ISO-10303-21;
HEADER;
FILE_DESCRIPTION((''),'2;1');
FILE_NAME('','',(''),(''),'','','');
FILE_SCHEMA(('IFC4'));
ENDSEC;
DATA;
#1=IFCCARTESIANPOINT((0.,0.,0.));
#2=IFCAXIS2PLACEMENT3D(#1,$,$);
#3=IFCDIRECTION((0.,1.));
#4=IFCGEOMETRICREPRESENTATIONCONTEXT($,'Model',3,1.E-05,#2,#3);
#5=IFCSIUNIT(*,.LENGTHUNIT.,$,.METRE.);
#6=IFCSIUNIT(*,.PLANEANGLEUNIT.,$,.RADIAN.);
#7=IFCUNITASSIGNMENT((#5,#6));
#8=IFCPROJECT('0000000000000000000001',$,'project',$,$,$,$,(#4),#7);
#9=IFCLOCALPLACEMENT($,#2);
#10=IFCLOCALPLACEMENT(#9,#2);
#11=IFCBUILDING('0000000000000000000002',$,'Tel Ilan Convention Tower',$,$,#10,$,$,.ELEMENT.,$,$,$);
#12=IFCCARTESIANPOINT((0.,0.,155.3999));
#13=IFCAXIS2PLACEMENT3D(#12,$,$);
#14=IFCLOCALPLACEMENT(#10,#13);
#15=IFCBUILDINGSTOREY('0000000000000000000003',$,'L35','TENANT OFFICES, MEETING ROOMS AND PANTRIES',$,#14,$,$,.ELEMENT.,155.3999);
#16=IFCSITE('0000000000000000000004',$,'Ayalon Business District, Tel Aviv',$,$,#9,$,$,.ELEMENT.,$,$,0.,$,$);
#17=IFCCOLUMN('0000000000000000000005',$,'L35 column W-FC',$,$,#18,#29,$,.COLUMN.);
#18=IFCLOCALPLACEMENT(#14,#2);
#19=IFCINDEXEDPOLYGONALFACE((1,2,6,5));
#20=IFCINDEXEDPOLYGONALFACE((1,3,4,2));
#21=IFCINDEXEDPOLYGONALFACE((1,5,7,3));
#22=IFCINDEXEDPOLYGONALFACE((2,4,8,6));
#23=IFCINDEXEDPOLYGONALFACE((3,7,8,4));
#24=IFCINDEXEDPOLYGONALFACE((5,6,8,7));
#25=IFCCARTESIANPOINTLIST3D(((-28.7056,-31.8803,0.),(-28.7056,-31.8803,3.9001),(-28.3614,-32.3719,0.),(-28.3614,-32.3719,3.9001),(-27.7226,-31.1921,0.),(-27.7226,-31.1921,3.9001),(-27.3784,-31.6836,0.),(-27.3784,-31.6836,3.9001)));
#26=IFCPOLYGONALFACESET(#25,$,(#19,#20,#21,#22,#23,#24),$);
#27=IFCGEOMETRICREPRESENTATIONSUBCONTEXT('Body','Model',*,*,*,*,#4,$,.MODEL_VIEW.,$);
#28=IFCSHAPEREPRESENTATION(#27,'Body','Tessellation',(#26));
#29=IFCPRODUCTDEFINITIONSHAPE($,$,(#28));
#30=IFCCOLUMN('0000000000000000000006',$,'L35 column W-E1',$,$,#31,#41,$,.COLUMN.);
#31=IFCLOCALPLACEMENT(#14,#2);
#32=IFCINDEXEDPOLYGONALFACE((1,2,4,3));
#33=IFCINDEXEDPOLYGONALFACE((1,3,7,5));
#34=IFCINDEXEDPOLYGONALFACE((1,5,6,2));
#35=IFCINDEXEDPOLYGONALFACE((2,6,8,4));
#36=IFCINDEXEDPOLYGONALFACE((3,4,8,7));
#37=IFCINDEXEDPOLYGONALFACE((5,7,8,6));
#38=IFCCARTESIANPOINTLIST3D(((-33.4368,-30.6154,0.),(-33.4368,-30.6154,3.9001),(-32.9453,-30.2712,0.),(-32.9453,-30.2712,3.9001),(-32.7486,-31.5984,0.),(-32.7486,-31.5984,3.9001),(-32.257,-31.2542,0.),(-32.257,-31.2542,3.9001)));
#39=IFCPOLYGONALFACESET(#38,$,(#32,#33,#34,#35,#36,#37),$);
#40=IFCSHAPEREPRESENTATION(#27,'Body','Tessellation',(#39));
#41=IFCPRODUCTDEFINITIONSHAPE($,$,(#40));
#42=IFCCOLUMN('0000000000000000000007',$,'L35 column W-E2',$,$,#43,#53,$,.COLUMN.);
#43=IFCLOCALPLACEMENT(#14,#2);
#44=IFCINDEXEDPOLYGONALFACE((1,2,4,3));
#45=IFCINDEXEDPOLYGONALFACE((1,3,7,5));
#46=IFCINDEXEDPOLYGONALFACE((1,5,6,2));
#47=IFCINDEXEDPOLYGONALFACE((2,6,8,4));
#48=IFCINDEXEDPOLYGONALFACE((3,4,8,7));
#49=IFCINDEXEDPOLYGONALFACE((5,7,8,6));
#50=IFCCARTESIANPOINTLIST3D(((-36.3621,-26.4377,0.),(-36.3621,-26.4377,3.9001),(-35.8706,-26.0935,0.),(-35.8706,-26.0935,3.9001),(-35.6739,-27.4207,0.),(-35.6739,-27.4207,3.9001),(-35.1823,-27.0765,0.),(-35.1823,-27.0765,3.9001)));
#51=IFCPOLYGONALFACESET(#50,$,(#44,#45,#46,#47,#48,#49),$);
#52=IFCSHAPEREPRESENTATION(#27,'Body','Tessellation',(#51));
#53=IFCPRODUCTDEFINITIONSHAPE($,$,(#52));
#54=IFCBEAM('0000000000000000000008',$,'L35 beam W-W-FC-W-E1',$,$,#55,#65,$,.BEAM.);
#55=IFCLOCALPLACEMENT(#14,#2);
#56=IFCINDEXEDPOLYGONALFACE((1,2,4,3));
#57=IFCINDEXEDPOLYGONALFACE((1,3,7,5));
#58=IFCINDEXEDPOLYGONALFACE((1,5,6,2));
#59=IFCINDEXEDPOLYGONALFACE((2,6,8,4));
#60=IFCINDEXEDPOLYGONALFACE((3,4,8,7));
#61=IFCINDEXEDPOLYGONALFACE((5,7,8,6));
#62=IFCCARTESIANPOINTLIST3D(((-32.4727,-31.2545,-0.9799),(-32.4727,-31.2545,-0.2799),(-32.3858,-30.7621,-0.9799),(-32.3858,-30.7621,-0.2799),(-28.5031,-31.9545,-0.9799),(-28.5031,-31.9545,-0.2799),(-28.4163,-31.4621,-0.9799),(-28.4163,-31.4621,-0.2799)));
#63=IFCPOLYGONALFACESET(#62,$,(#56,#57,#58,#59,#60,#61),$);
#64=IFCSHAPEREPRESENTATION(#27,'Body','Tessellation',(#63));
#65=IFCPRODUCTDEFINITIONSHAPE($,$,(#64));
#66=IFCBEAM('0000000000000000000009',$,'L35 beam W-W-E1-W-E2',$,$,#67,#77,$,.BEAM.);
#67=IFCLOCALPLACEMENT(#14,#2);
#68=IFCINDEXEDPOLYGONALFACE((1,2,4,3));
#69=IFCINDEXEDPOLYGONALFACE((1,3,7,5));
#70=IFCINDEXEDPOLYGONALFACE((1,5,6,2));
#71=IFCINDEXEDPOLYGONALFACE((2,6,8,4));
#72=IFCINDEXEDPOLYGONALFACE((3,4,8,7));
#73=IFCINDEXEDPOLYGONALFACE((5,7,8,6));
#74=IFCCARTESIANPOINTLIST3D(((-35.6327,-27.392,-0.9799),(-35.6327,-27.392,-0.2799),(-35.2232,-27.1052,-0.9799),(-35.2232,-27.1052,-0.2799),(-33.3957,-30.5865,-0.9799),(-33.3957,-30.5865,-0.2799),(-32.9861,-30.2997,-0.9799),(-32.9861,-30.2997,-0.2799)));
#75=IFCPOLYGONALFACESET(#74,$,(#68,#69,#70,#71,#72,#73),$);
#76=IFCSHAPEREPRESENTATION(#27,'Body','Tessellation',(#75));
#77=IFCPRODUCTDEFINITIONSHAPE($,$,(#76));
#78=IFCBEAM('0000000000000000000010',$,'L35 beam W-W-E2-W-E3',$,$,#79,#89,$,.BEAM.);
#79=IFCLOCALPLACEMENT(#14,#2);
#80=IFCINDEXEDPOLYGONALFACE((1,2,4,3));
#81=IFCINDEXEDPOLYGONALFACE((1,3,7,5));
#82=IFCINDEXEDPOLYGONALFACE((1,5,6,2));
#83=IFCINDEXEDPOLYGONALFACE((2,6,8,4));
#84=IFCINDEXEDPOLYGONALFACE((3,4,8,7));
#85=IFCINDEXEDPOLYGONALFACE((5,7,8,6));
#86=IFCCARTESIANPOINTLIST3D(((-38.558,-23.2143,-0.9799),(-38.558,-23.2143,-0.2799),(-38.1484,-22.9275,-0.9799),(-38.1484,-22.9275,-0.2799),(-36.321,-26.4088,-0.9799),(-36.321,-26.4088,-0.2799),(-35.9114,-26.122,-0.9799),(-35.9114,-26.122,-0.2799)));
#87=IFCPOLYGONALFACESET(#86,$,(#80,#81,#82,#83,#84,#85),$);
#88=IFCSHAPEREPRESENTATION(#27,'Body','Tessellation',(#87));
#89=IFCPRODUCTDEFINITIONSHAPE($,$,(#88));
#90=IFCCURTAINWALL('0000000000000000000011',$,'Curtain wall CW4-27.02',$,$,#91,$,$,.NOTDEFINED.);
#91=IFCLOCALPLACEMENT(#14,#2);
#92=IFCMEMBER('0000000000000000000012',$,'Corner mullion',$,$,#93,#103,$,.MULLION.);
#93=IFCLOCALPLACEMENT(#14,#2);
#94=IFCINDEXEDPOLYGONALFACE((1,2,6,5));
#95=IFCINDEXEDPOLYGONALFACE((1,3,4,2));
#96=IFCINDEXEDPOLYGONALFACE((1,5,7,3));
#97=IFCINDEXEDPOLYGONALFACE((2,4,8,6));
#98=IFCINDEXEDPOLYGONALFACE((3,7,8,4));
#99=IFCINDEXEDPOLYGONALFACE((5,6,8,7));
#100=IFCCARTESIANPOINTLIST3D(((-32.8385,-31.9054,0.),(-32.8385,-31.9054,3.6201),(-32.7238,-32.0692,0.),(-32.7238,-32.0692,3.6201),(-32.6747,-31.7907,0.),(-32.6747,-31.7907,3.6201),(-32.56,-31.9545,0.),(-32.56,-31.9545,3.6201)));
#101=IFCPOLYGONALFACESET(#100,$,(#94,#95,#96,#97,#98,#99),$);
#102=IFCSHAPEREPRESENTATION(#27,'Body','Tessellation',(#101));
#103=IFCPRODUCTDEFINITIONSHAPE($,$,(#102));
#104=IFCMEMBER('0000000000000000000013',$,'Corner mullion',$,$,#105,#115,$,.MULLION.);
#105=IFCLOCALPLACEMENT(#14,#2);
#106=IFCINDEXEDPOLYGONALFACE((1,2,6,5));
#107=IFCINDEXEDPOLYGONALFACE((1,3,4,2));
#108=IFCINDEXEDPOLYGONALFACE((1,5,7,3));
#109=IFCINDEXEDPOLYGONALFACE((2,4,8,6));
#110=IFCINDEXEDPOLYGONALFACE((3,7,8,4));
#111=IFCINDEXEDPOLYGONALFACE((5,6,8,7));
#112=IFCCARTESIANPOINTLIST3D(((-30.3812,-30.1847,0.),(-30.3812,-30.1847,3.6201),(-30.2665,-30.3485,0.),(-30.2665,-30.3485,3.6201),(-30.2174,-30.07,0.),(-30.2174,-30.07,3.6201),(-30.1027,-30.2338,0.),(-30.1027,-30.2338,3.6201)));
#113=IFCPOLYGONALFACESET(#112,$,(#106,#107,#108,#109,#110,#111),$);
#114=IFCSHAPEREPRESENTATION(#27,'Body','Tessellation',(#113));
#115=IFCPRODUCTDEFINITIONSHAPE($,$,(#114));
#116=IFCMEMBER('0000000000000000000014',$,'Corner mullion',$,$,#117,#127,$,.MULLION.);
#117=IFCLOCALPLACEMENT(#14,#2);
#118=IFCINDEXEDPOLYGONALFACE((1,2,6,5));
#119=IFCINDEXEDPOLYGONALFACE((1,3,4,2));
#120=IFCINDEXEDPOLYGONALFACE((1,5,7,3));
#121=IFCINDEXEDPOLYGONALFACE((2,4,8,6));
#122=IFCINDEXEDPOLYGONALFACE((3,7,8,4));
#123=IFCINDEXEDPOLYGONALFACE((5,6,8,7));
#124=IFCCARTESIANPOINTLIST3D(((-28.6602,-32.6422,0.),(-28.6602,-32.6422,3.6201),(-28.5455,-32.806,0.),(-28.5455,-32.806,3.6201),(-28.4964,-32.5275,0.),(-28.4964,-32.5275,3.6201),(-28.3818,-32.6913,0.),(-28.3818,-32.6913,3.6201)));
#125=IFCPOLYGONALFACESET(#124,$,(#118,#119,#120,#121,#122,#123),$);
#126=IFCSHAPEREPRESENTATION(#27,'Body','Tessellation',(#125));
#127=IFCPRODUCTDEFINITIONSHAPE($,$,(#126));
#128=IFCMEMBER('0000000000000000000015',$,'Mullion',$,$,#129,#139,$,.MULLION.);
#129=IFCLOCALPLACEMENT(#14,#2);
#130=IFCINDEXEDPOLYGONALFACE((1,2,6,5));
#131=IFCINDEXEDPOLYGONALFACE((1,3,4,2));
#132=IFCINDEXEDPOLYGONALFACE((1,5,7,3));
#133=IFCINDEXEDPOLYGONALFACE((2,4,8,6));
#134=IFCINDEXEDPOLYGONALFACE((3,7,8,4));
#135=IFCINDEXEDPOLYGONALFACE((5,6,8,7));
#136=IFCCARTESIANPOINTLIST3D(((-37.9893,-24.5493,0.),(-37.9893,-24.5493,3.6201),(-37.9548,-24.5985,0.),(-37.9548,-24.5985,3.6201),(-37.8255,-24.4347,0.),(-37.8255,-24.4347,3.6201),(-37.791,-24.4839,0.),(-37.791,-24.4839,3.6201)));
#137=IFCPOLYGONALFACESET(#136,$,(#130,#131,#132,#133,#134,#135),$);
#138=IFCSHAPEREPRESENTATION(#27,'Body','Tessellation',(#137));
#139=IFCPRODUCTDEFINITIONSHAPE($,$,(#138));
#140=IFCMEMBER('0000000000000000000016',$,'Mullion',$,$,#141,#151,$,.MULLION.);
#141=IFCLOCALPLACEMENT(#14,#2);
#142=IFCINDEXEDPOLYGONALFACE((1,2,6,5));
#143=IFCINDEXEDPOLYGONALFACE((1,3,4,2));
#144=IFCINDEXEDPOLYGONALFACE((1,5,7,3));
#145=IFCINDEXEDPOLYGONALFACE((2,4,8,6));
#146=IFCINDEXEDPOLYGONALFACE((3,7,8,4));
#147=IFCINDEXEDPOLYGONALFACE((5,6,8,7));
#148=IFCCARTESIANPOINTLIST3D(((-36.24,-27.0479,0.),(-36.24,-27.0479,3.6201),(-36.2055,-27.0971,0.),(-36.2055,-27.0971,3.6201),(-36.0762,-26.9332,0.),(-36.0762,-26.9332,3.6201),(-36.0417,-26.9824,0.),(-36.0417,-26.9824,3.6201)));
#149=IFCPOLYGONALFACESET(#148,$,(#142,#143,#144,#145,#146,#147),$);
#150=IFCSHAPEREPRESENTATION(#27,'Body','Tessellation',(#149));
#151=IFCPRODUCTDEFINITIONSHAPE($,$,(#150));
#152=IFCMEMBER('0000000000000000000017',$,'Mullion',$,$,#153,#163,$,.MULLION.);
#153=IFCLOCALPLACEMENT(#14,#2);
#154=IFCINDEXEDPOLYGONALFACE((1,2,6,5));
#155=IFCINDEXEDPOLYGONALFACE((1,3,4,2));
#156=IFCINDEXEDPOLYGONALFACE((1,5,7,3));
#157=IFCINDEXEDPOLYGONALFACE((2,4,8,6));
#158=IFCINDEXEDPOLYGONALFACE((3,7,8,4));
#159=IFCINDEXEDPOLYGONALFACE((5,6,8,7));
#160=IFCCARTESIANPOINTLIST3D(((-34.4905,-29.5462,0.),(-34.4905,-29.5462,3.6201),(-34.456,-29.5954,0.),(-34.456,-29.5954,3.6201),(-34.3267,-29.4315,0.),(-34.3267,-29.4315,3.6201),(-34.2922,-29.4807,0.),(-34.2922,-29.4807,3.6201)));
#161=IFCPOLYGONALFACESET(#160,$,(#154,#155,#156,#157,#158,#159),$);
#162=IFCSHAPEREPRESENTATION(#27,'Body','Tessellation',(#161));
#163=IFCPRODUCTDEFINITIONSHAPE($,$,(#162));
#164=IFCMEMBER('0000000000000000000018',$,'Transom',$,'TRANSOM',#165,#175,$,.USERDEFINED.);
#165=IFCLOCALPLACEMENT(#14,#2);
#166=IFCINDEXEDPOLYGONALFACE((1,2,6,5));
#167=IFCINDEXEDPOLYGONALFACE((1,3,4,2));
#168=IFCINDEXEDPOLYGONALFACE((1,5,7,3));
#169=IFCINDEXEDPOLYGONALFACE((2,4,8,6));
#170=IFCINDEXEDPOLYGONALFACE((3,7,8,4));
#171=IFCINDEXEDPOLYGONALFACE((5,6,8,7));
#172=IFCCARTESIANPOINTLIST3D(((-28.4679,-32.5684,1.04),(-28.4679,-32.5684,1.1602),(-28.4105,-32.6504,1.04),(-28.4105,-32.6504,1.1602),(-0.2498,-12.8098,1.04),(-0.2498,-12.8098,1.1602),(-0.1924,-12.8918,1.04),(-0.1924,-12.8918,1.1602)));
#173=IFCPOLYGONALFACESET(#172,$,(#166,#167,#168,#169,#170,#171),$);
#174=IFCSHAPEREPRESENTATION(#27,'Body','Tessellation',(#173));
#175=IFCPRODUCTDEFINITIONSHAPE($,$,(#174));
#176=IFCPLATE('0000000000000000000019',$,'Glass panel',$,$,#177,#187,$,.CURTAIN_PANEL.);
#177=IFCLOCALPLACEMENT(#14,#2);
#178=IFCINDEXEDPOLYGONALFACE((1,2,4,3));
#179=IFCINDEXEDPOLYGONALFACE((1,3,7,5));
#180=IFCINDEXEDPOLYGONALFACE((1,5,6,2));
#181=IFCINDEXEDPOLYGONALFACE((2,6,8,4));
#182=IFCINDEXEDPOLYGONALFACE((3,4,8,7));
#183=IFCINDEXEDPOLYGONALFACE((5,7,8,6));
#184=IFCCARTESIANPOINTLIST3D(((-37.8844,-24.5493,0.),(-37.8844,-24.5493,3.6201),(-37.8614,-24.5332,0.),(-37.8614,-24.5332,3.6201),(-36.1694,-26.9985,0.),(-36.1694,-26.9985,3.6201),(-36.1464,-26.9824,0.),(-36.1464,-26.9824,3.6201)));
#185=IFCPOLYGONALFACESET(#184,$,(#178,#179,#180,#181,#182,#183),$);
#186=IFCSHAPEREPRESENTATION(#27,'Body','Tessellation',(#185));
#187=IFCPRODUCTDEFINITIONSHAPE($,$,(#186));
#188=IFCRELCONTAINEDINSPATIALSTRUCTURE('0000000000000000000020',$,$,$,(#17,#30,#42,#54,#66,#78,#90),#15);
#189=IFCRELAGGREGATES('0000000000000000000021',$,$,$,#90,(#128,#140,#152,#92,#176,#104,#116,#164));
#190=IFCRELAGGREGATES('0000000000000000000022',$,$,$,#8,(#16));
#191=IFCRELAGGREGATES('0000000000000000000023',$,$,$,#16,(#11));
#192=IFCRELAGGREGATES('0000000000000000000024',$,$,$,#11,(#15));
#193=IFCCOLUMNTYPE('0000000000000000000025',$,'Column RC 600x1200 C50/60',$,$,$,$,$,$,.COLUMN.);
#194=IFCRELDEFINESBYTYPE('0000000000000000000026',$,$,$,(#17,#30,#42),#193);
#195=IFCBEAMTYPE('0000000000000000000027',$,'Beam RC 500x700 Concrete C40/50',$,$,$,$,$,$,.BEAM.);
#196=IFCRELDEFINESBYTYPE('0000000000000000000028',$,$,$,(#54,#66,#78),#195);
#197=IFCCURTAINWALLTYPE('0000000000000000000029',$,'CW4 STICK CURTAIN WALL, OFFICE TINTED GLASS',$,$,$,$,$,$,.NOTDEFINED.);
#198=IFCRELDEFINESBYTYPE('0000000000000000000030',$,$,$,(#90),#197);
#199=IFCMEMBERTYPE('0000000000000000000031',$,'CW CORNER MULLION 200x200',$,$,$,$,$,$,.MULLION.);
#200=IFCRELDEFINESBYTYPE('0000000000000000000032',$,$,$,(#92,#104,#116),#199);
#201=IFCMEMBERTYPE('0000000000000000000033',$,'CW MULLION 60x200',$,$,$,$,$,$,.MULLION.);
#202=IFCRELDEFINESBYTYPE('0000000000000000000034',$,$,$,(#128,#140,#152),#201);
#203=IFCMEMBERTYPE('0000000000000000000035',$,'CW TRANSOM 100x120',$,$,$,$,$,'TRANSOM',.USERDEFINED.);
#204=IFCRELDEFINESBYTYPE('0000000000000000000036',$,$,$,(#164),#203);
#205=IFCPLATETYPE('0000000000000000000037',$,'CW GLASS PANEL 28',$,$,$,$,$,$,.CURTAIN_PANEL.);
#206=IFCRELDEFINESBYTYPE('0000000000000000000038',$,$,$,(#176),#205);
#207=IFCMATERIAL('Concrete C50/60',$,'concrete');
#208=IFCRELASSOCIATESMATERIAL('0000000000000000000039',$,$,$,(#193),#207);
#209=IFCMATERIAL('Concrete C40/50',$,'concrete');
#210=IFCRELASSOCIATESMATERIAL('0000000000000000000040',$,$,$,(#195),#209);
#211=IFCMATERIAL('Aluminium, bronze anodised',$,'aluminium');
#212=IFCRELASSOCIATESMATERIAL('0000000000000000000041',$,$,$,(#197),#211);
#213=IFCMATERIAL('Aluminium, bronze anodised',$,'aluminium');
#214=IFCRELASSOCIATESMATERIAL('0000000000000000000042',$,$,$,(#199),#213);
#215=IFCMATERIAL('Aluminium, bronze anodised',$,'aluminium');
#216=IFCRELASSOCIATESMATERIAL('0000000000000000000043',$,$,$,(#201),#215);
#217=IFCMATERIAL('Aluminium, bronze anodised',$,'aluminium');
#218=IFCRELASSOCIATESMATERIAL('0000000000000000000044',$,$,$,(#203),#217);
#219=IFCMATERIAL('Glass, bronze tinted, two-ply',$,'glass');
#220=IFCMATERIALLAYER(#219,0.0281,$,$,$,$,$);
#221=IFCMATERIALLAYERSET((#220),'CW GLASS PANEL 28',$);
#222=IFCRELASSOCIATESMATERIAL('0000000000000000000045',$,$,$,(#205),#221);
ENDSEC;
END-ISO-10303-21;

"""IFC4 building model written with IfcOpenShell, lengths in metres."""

from ifc_helpers import new_model, si_unit, direction, frame, origin, origin_2d, place, context, subcontext, project, spatial, rectangle, extrude, material, layer, layer_set, material_profile, profile_set, type_object, element, aggregate, save


model = new_model("IFC4")

# Units and contexts
model_context = context("Model", 3, precision=1e-05, world=origin(), true_north=direction((0.0, 1.0)))
body_context = subcontext(model_context, "Body", "Model", "MODEL_VIEW")
ifc_project = project(units=[si_unit("LENGTHUNIT", "METRE"), si_unit("PLANEANGLEUNIT", "RADIAN")], contexts=[model_context])

# Site, building, storey
site_placement = place(None, origin())
site = spatial("IfcSite", under=ifc_project, at=site_placement, Name="Ayalon Business District, Tel Aviv", CompositionType="ELEMENT", RefElevation=0.0)
building_placement = place(site_placement, origin())
building = spatial("IfcBuilding", under=site, at=building_placement, Name="Tel Ilan Convention Tower", CompositionType="ELEMENT")
storey_placement = place(building_placement, frame((0.0, 0.0, 155.3999)))
storey = spatial("IfcBuildingStorey", under=building, at=storey_placement, Name="L35", Description="TENANT OFFICES, MEETING ROOMS AND PANTRIES", CompositionType="ELEMENT", Elevation=155.3999)

# Columns
ifc_material_1 = material(Name="Concrete C50/60", Category="concrete")
ifc_material_profile_1 = material_profile(ifc_material_1, rectangle(XDim=1.2, YDim=0.6001, at=origin_2d()), Name="RC 600x1200")
ifc_profile_set_1 = profile_set([ifc_material_profile_1], Name="Concrete C50/60")
column_type = type_object("IfcColumnType", Name="Column RC 600x1200 C50/60", PredefinedType="COLUMN", material=ifc_profile_set_1)
for number, where, z_axis, x_axis, name in (
    (1, (-28.042, -31.782, 0.0), (0.0, 0.0, 1.0), (-0.819152, -0.573576, 0.0), "L35 column W-FC"),
    (2, (-32.8469, -30.9348, 0.0), (0.0, 0.0, 1.0), (-0.573576, 0.819152, 0.0), "L35 column W-E1"),
    (3, (-35.7722, -26.7571, 0.0), (0.0, 0.0, 1.0), (-0.573576, 0.819152, 0.0), "L35 column W-E2"),
):
    element("IfcColumn", number, at=place(storey_placement, frame(where, z_axis=z_axis, x_axis=x_axis)), inside=storey, type_object=column_type, Name=name, PredefinedType="COLUMN", context=body_context, shape_type="SweptSolid", body=[
        extrude(rectangle(XDim=1.2, YDim=0.6001, at=origin_2d()), origin(), (0.0, 0.0, 1.0), 3.9001),
    ])

# Beams
ifc_material_2 = material(Name="Concrete C40/50", Category="concrete")
ifc_material_profile_2 = material_profile(ifc_material_2, rectangle(XDim=0.5, YDim=0.7, at=origin_2d()), Name="RC 500x700")
ifc_profile_set_2 = profile_set([ifc_material_profile_2], Name="Concrete C40/50")
beam_type = type_object("IfcBeamType", Name="Beam RC 500x700 Concrete C40/50", PredefinedType="BEAM", material=ifc_profile_set_2)
beam_placement = place(storey_placement, frame((-28.4597, -31.7083, -0.6299), z_axis=(-0.984807, 0.173654, 0.0), x_axis=(-0.173654, -0.984807, 0.0)))
element("IfcBeam", 4, at=beam_placement, inside=storey, type_object=beam_type, Name="L35 beam W-W-FC-W-E1", PredefinedType="BEAM", context=body_context, shape_type="SweptSolid", body=[
    extrude(rectangle(XDim=0.5, YDim=0.7, at=origin_2d()), origin(), (0.0, 0.0, 1.0), 4.0308),
])
for number, where, z_axis, x_axis, name in (
    (5, (-33.1909, -30.4431, -0.6299), (-0.573609, 0.819129, 0.0), (-0.819129, -0.573609, 0.0), "L35 beam W-W-E1-W-E2"),
    (6, (-36.1162, -26.2654, -0.6299), (-0.573609, 0.819129, 0.0), (-0.819129, -0.573609, 0.0), "L35 beam W-W-E2-W-E3"),
):
    element("IfcBeam", number, at=place(storey_placement, frame(where, z_axis=z_axis, x_axis=x_axis)), inside=storey, type_object=beam_type, Name=name, PredefinedType="BEAM", context=body_context, shape_type="SweptSolid", body=[
        extrude(rectangle(XDim=0.5, YDim=0.7, at=origin_2d()), origin(), (0.0, 0.0, 1.0), 3.8999),
    ])

# Curtain wall, members, plate
ifc_material_3 = material(Name="Aluminium, bronze anodised", Category="aluminium")
curtain_wall_type = type_object("IfcCurtainWallType", Name="CW4 STICK CURTAIN WALL, OFFICE TINTED GLASS", PredefinedType="NOTDEFINED", material=ifc_material_3)
curtain_wall_placement = place(storey_placement, origin())
curtain_wall = element("IfcCurtainWall", 7, at=curtain_wall_placement, inside=storey, type_object=curtain_wall_type, Name="Curtain wall CW4-27.02", PredefinedType="NOTDEFINED")
ifc_material_4 = material(Name="Aluminium, bronze anodised", Category="aluminium")
ifc_material_profile_3 = material_profile(ifc_material_4, rectangle(XDim=0.2, YDim=0.2, at=origin_2d()), Name="CW CORNER MULLION 200x200")
ifc_profile_set_3 = profile_set([ifc_material_profile_3], Name="Aluminium, bronze anodised")
member_type_1 = type_object("IfcMemberType", Name="CW CORNER MULLION 200x200", PredefinedType="MULLION", material=ifc_profile_set_3)
member_1_placement = place(storey_placement, frame((-32.6992, -31.9299, 0.0), z_axis=(0.0, 0.0, 1.0), x_axis=(0.573576, -0.819152, 0.0)))
member_1 = element("IfcMember", 8, at=member_1_placement, type_object=member_type_1, Name="Corner mullion", PredefinedType="MULLION", context=body_context, shape_type="SweptSolid", body=[
    extrude(rectangle(XDim=0.2, YDim=0.2, at=origin_2d()), origin(), (0.0, 0.0, 1.0), 3.6201),
])
member_2_placement = place(storey_placement, frame((-30.2419, -30.2092, 0.0), z_axis=(0.0, 0.0, 1.0), x_axis=(0.819152, 0.573576, 0.0)))
member_2 = element("IfcMember", 9, at=member_2_placement, type_object=member_type_1, Name="Corner mullion", PredefinedType="MULLION", context=body_context, shape_type="SweptSolid", body=[
    extrude(rectangle(XDim=0.2, YDim=0.2, at=origin_2d()), origin(), (0.0, 0.0, 1.0), 3.6201),
])
member_3_placement = place(storey_placement, frame((-28.521, -32.6667, 0.0), z_axis=(0.0, 0.0, 1.0), x_axis=(0.573576, -0.819152, 0.0)))
member_3 = element("IfcMember", 10, at=member_3_placement, type_object=member_type_1, Name="Corner mullion", PredefinedType="MULLION", context=body_context, shape_type="SweptSolid", body=[
    extrude(rectangle(XDim=0.2, YDim=0.2, at=origin_2d()), origin(), (0.0, 0.0, 1.0), 3.6201),
])
ifc_material_5 = material(Name="Aluminium, bronze anodised", Category="aluminium")
ifc_material_profile_4 = material_profile(ifc_material_5, rectangle(XDim=0.0601, YDim=0.2, at=origin_2d()), Name="CW MULLION 60x200")
ifc_profile_set_4 = profile_set([ifc_material_profile_4], Name="Aluminium, bronze anodised")
member_type_2 = type_object("IfcMemberType", Name="CW MULLION 60x200", PredefinedType="MULLION", material=ifc_profile_set_4)
member_4_placement = place(storey_placement, frame((-37.8901, -24.5166, 0.0), z_axis=(0.0, 0.0, 1.0), x_axis=(0.573576, -0.819152, 0.0)))
member_4 = element("IfcMember", 11, at=member_4_placement, type_object=member_type_2, Name="Mullion", PredefinedType="MULLION", context=body_context, shape_type="SweptSolid", body=[
    extrude(rectangle(XDim=0.0601, YDim=0.2, at=origin_2d()), origin(), (0.0, 0.0, 1.0), 3.6201),
])
member_5_placement = place(storey_placement, frame((-36.1409, -27.0151, 0.0), z_axis=(0.0, 0.0, 1.0), x_axis=(0.573576, -0.819152, 0.0)))
member_5 = element("IfcMember", 12, at=member_5_placement, type_object=member_type_2, Name="Mullion", PredefinedType="MULLION", context=body_context, shape_type="SweptSolid", body=[
    extrude(rectangle(XDim=0.0601, YDim=0.2, at=origin_2d()), origin(), (0.0, 0.0, 1.0), 3.6201),
])
member_6_placement = place(storey_placement, frame((-34.3914, -29.5134, 0.0), z_axis=(0.0, 0.0, 1.0), x_axis=(0.573576, -0.819152, 0.0)))
member_6 = element("IfcMember", 13, at=member_6_placement, type_object=member_type_2, Name="Mullion", PredefinedType="MULLION", context=body_context, shape_type="SweptSolid", body=[
    extrude(rectangle(XDim=0.0601, YDim=0.2, at=origin_2d()), origin(), (0.0, 0.0, 1.0), 3.6201),
])
ifc_material_6 = material(Name="Aluminium, bronze anodised", Category="aluminium")
ifc_material_profile_5 = material_profile(ifc_material_6, rectangle(XDim=0.1001, YDim=0.1201, at=origin_2d()), Name="CW TRANSOM 100x120")
ifc_profile_set_5 = profile_set([ifc_material_profile_5], Name="Aluminium, bronze anodised")
member_type_3 = type_object("IfcMemberType", Name="CW TRANSOM 100x120", ElementType="TRANSOM", PredefinedType="USERDEFINED", material=ifc_profile_set_5)
member_7_placement = place(storey_placement, frame((-28.4392, -32.6094, 1.1001), z_axis=(0.819151, 0.573578, 0.0), x_axis=(-0.573578, 0.819151, 0.0)))
member_7 = element("IfcMember", 14, at=member_7_placement, type_object=member_type_3, Name="Transom", ObjectType="TRANSOM", PredefinedType="USERDEFINED", context=body_context, shape_type="SweptSolid", body=[
    extrude(rectangle(XDim=0.1001, YDim=0.1201, at=origin_2d()), origin(), (0.0, 0.0, 1.0), 34.448),
])
ifc_material_7 = material(Name="Glass, bronze tinted, two-ply", Category="glass")
ifc_layer_1 = layer(ifc_material_7, 0.0281)
ifc_layer_set_1 = layer_set([ifc_layer_1], Name="CW GLASS PANEL 28")
plate_type = type_object("IfcPlateType", Name="CW GLASS PANEL 28", PredefinedType="CURTAIN_PANEL", material=ifc_layer_set_1)
plate_1_placement = place(storey_placement, frame((-37.0154, -25.7659, 0.0), z_axis=(0.0, 0.0, 1.0), x_axis=(0.573576, -0.819152, 0.0)))
plate_1 = element("IfcPlate", 15, at=plate_1_placement, type_object=plate_type, Name="Glass panel", PredefinedType="CURTAIN_PANEL", context=body_context, shape_type="SweptSolid", body=[
    extrude(rectangle(XDim=2.99, YDim=0.0281, at=origin_2d()), origin(), (0.0, 0.0, 1.0), 3.6201),
])
aggregate(curtain_wall, [member_4, member_5, member_6, member_1, plate_1, member_2, member_3, member_7])

save(model, "model.ifc")
